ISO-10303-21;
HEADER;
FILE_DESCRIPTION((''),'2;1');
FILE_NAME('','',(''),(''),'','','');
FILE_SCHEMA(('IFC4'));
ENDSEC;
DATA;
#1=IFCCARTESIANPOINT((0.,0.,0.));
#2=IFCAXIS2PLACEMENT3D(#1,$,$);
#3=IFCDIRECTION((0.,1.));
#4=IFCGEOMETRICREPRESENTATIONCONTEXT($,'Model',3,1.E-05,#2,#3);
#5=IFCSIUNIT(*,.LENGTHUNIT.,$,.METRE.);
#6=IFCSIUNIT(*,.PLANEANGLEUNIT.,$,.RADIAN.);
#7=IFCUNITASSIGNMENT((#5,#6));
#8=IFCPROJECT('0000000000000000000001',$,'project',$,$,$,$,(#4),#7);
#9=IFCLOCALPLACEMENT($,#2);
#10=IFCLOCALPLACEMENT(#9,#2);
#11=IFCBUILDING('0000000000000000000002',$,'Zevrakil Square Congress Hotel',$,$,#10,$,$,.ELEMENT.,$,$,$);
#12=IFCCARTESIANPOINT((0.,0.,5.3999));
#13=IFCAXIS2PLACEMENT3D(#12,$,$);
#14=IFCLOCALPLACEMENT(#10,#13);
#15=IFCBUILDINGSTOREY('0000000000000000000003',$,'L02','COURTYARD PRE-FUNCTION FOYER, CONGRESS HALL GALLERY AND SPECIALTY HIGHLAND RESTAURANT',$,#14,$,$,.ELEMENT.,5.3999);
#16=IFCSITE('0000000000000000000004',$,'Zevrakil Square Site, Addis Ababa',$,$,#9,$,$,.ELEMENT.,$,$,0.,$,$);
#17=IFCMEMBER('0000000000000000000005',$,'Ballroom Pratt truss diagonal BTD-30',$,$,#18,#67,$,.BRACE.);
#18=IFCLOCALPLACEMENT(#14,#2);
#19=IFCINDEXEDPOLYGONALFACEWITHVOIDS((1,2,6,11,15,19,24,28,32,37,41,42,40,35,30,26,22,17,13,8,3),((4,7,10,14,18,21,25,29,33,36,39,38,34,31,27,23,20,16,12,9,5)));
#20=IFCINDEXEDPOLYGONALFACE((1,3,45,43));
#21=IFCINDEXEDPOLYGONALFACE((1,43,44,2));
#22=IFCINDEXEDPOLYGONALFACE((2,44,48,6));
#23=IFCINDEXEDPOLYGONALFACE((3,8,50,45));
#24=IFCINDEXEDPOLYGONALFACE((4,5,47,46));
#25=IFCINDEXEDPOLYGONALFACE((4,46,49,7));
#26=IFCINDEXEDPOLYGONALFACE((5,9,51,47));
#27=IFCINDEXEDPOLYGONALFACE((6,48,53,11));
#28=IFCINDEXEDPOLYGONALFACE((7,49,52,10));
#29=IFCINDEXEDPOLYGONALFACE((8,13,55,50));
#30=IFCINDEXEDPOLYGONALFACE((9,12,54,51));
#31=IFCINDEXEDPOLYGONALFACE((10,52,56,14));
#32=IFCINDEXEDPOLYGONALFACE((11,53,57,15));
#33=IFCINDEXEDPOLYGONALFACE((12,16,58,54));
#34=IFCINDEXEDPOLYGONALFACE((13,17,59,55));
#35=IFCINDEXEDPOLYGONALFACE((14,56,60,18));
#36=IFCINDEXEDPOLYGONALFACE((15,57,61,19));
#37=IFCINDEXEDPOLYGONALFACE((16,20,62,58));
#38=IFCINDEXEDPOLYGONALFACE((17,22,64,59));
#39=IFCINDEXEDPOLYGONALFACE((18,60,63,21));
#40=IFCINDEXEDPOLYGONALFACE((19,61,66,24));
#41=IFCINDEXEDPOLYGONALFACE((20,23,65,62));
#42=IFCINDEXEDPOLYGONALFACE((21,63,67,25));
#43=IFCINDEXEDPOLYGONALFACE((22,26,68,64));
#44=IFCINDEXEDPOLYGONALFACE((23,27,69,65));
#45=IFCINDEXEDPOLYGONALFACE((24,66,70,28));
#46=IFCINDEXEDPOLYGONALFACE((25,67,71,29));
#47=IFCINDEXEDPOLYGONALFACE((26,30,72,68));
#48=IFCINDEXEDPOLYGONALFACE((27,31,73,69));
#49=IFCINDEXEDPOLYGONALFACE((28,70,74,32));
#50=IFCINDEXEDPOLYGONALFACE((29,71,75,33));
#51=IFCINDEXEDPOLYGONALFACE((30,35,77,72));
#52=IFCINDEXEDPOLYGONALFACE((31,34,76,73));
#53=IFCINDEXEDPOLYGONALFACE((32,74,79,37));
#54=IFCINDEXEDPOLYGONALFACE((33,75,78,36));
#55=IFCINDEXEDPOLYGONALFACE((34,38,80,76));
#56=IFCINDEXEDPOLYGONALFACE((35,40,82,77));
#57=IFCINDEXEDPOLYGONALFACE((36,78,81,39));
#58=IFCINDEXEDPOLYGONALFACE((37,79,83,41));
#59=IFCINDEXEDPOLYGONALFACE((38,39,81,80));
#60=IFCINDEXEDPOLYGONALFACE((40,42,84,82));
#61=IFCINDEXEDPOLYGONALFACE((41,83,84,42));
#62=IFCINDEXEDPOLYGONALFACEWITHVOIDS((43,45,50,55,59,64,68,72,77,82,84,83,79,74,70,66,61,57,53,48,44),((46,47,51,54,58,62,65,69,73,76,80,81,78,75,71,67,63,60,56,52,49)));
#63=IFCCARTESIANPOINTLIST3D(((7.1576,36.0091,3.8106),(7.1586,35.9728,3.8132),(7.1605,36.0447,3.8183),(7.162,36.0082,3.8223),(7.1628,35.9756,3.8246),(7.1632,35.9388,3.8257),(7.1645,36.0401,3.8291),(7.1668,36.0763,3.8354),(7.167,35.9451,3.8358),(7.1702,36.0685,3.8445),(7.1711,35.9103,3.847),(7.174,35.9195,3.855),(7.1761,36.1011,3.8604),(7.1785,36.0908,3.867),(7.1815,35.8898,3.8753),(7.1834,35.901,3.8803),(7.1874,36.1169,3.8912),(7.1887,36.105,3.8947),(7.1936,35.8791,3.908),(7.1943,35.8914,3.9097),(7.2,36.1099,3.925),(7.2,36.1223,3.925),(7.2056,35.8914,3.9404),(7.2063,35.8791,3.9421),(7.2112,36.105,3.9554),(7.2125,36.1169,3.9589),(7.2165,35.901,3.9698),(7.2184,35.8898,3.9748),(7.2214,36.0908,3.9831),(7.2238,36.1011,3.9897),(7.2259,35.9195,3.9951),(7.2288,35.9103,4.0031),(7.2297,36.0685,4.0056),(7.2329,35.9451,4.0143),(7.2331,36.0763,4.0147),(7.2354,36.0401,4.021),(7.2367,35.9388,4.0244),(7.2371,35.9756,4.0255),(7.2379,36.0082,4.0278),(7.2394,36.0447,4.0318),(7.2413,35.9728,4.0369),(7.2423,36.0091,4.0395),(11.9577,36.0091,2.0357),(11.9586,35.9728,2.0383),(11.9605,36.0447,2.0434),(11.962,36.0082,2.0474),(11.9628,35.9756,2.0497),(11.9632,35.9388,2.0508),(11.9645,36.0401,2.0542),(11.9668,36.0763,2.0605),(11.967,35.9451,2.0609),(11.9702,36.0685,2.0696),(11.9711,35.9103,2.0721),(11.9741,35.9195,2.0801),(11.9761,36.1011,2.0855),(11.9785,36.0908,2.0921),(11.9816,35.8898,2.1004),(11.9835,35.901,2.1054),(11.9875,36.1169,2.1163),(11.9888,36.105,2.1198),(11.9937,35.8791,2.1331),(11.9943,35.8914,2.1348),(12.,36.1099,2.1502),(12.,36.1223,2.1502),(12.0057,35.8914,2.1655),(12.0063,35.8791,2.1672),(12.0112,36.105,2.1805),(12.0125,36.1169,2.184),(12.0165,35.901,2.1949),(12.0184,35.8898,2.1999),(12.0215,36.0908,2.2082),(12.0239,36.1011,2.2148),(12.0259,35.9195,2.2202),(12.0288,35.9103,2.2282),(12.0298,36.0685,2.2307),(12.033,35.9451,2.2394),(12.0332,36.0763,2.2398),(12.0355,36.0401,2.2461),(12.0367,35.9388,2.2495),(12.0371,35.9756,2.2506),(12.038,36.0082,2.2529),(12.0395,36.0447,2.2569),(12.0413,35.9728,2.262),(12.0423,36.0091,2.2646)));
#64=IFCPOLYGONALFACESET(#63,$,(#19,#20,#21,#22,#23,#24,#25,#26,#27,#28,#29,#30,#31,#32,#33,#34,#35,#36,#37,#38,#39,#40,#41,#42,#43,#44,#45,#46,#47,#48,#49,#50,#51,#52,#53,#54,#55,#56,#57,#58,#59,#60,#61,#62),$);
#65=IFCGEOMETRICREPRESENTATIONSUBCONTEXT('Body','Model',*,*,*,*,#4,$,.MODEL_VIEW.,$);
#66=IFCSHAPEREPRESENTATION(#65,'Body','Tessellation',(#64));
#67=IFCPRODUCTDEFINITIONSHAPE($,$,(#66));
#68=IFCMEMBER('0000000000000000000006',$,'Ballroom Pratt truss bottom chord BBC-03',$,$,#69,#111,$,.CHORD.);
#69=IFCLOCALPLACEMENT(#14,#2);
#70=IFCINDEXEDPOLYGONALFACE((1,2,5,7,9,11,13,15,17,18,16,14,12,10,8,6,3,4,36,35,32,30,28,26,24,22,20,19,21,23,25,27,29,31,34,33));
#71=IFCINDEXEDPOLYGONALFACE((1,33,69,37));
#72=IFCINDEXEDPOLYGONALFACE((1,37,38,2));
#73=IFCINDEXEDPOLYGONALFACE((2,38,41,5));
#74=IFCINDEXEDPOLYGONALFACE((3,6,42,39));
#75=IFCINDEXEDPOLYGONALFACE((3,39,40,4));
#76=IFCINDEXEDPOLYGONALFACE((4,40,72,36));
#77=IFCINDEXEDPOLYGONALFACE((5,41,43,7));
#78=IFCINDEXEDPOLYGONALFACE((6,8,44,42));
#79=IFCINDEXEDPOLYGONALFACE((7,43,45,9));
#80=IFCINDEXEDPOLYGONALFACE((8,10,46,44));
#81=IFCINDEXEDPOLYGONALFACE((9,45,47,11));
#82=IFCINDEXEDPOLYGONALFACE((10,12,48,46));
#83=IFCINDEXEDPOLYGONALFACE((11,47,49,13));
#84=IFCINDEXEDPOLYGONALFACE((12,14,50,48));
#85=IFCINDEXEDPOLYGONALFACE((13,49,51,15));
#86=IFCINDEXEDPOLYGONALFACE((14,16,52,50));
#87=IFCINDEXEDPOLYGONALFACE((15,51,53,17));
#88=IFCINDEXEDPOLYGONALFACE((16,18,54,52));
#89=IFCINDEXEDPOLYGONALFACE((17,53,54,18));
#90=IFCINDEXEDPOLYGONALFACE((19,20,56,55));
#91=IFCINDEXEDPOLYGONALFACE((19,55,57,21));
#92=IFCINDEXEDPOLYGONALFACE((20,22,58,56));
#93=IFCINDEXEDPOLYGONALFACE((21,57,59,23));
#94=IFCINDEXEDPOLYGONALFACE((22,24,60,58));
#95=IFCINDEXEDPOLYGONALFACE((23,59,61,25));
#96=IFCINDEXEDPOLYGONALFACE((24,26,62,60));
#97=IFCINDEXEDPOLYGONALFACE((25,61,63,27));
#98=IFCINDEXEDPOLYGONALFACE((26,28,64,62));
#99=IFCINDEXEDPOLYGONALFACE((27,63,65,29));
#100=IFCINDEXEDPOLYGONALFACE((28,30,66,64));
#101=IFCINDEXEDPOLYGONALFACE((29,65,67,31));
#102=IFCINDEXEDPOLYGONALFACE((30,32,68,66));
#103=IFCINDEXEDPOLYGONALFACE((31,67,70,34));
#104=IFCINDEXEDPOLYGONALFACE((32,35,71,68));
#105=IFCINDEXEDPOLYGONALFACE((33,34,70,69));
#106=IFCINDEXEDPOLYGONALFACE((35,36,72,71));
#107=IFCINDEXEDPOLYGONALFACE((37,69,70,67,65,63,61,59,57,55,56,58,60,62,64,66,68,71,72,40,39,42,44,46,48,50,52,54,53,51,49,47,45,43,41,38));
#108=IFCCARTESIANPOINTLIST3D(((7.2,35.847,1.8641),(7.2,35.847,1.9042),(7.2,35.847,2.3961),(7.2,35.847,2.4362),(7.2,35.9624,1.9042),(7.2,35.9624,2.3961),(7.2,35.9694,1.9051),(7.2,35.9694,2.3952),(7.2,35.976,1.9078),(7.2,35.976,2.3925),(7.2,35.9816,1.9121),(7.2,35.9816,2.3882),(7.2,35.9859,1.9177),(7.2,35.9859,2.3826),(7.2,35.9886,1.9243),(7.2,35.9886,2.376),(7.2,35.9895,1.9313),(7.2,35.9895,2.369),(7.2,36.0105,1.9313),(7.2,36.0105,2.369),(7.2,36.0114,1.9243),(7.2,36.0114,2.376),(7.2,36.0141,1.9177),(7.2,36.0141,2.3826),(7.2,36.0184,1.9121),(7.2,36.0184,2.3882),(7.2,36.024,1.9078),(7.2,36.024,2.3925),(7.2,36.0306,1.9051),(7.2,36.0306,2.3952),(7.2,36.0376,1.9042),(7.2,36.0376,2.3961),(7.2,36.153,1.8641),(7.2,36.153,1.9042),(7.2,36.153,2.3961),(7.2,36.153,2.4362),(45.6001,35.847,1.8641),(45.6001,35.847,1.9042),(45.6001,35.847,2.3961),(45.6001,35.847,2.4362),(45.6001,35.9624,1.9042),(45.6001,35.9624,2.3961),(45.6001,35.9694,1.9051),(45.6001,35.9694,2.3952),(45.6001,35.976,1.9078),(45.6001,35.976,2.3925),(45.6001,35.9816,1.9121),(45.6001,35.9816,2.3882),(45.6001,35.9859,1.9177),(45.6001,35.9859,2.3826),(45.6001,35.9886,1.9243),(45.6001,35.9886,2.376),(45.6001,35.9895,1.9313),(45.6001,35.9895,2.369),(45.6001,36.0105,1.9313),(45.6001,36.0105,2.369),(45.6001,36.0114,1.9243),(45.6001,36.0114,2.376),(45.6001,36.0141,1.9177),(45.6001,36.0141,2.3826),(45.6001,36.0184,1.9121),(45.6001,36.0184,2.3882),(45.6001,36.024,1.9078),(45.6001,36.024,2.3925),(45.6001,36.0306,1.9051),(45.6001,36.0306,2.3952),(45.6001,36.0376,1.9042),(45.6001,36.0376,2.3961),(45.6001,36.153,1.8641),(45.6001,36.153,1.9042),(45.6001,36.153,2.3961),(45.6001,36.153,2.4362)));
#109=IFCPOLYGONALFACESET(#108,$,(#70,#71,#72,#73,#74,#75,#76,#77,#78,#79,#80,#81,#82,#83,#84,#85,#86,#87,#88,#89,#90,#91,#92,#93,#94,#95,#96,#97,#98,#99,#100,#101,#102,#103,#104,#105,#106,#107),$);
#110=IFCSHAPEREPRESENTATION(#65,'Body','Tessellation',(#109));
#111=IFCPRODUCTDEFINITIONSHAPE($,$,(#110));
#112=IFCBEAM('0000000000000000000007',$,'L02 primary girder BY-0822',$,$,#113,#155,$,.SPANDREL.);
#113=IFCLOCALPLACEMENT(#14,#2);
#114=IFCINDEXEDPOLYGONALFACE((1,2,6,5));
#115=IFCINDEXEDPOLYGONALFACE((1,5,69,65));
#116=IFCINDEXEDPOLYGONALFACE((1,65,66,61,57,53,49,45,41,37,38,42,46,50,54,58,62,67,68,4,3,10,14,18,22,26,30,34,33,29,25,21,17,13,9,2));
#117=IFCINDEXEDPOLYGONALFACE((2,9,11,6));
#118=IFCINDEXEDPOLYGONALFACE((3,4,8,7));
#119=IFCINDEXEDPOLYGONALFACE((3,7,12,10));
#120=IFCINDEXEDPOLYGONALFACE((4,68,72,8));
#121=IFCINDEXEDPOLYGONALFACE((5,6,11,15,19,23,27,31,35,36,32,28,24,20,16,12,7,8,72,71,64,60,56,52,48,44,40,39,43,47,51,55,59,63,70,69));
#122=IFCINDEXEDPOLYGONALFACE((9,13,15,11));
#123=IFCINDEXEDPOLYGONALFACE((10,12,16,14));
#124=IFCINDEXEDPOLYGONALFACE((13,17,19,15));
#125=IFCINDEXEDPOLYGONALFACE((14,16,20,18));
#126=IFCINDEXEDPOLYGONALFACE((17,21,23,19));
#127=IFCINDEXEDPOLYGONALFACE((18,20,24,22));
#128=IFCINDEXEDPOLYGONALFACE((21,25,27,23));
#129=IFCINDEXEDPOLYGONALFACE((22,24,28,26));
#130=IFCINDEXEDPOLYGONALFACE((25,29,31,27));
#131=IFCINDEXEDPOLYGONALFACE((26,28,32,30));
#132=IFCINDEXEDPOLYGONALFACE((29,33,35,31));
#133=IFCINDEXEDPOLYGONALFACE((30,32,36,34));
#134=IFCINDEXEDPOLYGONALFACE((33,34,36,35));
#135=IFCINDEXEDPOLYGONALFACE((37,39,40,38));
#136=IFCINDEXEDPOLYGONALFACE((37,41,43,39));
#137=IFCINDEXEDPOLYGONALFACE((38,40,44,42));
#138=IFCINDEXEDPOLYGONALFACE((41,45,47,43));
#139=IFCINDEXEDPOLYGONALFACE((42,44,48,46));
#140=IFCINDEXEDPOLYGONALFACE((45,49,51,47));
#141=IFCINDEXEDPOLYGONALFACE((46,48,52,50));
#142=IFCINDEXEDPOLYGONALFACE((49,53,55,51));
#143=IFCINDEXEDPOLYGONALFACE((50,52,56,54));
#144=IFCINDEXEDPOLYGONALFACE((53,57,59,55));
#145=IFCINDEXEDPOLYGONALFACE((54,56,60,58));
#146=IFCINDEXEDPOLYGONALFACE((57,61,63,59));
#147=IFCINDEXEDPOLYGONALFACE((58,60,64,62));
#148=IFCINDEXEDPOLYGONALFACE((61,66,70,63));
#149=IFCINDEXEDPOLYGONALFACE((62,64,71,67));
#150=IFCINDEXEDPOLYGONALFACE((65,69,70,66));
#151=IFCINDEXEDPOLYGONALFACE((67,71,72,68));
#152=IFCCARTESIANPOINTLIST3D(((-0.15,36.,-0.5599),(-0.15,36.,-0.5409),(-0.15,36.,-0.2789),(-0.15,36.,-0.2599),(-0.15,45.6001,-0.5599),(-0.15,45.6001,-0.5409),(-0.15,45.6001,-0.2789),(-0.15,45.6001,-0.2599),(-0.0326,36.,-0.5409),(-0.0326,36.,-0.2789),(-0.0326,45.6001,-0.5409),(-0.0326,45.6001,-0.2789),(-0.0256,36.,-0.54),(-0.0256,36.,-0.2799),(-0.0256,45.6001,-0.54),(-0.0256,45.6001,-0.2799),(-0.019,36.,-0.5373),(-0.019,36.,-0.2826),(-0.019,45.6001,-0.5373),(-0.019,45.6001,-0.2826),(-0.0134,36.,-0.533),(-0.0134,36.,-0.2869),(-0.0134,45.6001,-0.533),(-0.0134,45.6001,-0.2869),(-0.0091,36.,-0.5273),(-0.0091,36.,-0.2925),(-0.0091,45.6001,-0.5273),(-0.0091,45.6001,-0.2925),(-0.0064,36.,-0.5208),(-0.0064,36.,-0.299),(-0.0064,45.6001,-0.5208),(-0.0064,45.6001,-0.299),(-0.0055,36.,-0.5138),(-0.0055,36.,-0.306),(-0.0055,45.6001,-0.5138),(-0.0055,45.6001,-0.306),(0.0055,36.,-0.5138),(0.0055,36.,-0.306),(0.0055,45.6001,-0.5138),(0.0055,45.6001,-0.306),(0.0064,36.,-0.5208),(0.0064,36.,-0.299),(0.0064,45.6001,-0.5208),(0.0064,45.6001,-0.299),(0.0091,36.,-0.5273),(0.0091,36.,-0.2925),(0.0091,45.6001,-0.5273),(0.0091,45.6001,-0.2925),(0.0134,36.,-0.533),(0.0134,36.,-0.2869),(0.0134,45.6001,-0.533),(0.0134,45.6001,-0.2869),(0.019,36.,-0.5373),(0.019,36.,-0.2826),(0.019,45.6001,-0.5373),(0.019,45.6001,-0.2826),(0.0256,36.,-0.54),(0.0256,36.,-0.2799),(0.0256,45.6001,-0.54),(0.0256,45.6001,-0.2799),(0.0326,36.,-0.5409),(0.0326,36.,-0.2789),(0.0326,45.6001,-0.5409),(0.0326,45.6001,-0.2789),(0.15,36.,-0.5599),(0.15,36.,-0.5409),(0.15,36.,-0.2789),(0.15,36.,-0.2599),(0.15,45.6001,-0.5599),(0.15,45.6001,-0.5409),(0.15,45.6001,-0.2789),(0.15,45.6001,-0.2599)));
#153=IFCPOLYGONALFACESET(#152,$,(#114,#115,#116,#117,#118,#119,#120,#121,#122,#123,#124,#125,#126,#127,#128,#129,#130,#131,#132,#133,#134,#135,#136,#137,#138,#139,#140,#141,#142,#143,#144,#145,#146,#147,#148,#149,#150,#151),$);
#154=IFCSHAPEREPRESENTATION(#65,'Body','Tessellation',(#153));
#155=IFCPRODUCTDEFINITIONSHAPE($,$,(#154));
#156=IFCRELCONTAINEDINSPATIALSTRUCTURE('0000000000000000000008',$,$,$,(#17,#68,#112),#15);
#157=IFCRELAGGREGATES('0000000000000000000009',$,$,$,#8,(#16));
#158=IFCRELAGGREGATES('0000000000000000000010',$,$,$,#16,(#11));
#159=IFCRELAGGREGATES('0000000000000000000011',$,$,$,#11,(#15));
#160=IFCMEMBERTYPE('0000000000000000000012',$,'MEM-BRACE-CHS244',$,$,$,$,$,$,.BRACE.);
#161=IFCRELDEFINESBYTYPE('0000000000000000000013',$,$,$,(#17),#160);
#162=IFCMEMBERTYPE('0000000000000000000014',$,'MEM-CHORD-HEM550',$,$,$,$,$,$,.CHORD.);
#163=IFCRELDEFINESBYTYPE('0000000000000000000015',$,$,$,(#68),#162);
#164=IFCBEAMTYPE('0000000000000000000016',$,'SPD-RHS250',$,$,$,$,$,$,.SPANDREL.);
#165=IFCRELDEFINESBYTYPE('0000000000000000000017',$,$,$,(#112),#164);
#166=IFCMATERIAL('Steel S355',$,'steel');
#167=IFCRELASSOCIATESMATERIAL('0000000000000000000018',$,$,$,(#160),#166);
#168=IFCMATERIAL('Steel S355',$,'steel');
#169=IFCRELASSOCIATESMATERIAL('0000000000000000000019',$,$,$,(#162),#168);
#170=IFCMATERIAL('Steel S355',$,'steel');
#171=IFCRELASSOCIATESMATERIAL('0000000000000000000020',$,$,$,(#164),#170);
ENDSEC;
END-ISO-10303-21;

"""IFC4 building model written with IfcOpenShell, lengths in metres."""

from ifc_helpers import new_model, si_unit, direction, frame, origin, origin_2d, place, context, subcontext, project, spatial, hollow_circle, i_section, extrude, material, material_profile, profile_set, type_object, element, save


model = new_model("IFC4")

# Units and contexts
model_context = context("Model", 3, precision=1e-05, world=origin(), true_north=direction((0.0, 1.0)))
body_context = subcontext(model_context, "Body", "Model", "MODEL_VIEW")
ifc_project = project(units=[si_unit("LENGTHUNIT", "METRE"), si_unit("PLANEANGLEUNIT", "RADIAN")], contexts=[model_context])

# Site, building, storey
site_placement = place(None, origin())
site = spatial("IfcSite", under=ifc_project, at=site_placement, Name="Zevrakil Square Site, Addis Ababa", CompositionType="ELEMENT", RefElevation=0.0)
building_placement = place(site_placement, origin())
building = spatial("IfcBuilding", under=site, at=building_placement, Name="Zevrakil Square Congress Hotel", CompositionType="ELEMENT")
storey_placement = place(building_placement, frame((0.0, 0.0, 5.3999)))
storey = spatial("IfcBuildingStorey", under=building, at=storey_placement, Name="L02", Description="COURTYARD PRE-FUNCTION FOYER, CONGRESS HALL GALLERY AND SPECIALTY HIGHLAND RESTAURANT", CompositionType="ELEMENT", Elevation=5.3999)

# Members
ifc_material_1 = material(Name="Steel S355", Category="steel")
ifc_material_profile_1 = material_profile(ifc_material_1, hollow_circle(Radius=0.1223, WallThickness=0.0125, at=origin_2d()), Name="CHS 244.5x12.5")
ifc_profile_set_1 = profile_set([ifc_material_profile_1], Name="Steel S355")
member_type_1 = type_object("IfcMemberType", Name="MEM-BRACE-CHS244", PredefinedType="BRACE", material=ifc_profile_set_1)
member_1_placement = place(storey_placement, frame((7.2, 36.0, 3.925), z_axis=(0.937933, 0.0, -0.346817), x_axis=(0.0, 1.0, 0.0)))
element("IfcMember", 1, at=member_1_placement, inside=storey, type_object=member_type_1, Name="Ballroom Pratt truss diagonal BTD-30", PredefinedType="BRACE", context=body_context, shape_type="SweptSolid", body=[
    extrude(hollow_circle(Radius=0.1223, WallThickness=0.0125, at=origin_2d()), origin(), (0.0, 0.0, 1.0), 5.1177),
])
ifc_material_2 = material(Name="Steel S355", Category="steel")
ifc_material_profile_2 = material_profile(ifc_material_2, i_section(OverallWidth=0.3059, OverallDepth=0.572, WebThickness=0.021, FlangeThickness=0.04, FilletRadius=0.0271, at=origin_2d()), Name="HEM 550")
ifc_profile_set_2 = profile_set([ifc_material_profile_2], Name="Steel S355")
member_type_2 = type_object("IfcMemberType", Name="MEM-CHORD-HEM550", PredefinedType="CHORD", material=ifc_profile_set_2)
member_2_placement = place(storey_placement, frame((7.2, 36.0, 2.1501), z_axis=(1.0, 0.0, 0.0), x_axis=(0.0, 1.0, 0.0)))
element("IfcMember", 2, at=member_2_placement, inside=storey, type_object=member_type_2, Name="Ballroom Pratt truss bottom chord BBC-03", PredefinedType="CHORD", context=body_context, shape_type="SweptSolid", body=[
    extrude(i_section(OverallWidth=0.3059, OverallDepth=0.572, WebThickness=0.021, FlangeThickness=0.04, FilletRadius=0.0271, at=origin_2d()), origin(), (0.0, 0.0, 1.0), 38.4001),
])

# Beam
ifc_material_3 = material(Name="Steel S355", Category="steel")
ifc_material_profile_3 = material_profile(ifc_material_3, i_section(OverallWidth=0.3, OverallDepth=0.3, WebThickness=0.011, FlangeThickness=0.019, FilletRadius=0.0271, at=origin_2d()), Name="HEB 300")
ifc_profile_set_3 = profile_set([ifc_material_profile_3], Name="Steel S355")
beam_type_1 = type_object("IfcBeamType", Name="SPD-RHS250", PredefinedType="SPANDREL", material=ifc_profile_set_3)
beam_1_placement = place(storey_placement, frame((0.0, 36.0, -0.4099), z_axis=(0.0, 1.0, 0.0), x_axis=(-1.0, 0.0, 0.0)))
element("IfcBeam", 3, at=beam_1_placement, inside=storey, type_object=beam_type_1, Name="L02 primary girder BY-0822", PredefinedType="SPANDREL", context=body_context, shape_type="SweptSolid", body=[
    extrude(i_section(OverallWidth=0.3, OverallDepth=0.3, WebThickness=0.011, FlangeThickness=0.019, FilletRadius=0.0271, at=origin_2d()), origin(), (0.0, 0.0, 1.0), 9.6001),
])

save(model, "model.ifc")
